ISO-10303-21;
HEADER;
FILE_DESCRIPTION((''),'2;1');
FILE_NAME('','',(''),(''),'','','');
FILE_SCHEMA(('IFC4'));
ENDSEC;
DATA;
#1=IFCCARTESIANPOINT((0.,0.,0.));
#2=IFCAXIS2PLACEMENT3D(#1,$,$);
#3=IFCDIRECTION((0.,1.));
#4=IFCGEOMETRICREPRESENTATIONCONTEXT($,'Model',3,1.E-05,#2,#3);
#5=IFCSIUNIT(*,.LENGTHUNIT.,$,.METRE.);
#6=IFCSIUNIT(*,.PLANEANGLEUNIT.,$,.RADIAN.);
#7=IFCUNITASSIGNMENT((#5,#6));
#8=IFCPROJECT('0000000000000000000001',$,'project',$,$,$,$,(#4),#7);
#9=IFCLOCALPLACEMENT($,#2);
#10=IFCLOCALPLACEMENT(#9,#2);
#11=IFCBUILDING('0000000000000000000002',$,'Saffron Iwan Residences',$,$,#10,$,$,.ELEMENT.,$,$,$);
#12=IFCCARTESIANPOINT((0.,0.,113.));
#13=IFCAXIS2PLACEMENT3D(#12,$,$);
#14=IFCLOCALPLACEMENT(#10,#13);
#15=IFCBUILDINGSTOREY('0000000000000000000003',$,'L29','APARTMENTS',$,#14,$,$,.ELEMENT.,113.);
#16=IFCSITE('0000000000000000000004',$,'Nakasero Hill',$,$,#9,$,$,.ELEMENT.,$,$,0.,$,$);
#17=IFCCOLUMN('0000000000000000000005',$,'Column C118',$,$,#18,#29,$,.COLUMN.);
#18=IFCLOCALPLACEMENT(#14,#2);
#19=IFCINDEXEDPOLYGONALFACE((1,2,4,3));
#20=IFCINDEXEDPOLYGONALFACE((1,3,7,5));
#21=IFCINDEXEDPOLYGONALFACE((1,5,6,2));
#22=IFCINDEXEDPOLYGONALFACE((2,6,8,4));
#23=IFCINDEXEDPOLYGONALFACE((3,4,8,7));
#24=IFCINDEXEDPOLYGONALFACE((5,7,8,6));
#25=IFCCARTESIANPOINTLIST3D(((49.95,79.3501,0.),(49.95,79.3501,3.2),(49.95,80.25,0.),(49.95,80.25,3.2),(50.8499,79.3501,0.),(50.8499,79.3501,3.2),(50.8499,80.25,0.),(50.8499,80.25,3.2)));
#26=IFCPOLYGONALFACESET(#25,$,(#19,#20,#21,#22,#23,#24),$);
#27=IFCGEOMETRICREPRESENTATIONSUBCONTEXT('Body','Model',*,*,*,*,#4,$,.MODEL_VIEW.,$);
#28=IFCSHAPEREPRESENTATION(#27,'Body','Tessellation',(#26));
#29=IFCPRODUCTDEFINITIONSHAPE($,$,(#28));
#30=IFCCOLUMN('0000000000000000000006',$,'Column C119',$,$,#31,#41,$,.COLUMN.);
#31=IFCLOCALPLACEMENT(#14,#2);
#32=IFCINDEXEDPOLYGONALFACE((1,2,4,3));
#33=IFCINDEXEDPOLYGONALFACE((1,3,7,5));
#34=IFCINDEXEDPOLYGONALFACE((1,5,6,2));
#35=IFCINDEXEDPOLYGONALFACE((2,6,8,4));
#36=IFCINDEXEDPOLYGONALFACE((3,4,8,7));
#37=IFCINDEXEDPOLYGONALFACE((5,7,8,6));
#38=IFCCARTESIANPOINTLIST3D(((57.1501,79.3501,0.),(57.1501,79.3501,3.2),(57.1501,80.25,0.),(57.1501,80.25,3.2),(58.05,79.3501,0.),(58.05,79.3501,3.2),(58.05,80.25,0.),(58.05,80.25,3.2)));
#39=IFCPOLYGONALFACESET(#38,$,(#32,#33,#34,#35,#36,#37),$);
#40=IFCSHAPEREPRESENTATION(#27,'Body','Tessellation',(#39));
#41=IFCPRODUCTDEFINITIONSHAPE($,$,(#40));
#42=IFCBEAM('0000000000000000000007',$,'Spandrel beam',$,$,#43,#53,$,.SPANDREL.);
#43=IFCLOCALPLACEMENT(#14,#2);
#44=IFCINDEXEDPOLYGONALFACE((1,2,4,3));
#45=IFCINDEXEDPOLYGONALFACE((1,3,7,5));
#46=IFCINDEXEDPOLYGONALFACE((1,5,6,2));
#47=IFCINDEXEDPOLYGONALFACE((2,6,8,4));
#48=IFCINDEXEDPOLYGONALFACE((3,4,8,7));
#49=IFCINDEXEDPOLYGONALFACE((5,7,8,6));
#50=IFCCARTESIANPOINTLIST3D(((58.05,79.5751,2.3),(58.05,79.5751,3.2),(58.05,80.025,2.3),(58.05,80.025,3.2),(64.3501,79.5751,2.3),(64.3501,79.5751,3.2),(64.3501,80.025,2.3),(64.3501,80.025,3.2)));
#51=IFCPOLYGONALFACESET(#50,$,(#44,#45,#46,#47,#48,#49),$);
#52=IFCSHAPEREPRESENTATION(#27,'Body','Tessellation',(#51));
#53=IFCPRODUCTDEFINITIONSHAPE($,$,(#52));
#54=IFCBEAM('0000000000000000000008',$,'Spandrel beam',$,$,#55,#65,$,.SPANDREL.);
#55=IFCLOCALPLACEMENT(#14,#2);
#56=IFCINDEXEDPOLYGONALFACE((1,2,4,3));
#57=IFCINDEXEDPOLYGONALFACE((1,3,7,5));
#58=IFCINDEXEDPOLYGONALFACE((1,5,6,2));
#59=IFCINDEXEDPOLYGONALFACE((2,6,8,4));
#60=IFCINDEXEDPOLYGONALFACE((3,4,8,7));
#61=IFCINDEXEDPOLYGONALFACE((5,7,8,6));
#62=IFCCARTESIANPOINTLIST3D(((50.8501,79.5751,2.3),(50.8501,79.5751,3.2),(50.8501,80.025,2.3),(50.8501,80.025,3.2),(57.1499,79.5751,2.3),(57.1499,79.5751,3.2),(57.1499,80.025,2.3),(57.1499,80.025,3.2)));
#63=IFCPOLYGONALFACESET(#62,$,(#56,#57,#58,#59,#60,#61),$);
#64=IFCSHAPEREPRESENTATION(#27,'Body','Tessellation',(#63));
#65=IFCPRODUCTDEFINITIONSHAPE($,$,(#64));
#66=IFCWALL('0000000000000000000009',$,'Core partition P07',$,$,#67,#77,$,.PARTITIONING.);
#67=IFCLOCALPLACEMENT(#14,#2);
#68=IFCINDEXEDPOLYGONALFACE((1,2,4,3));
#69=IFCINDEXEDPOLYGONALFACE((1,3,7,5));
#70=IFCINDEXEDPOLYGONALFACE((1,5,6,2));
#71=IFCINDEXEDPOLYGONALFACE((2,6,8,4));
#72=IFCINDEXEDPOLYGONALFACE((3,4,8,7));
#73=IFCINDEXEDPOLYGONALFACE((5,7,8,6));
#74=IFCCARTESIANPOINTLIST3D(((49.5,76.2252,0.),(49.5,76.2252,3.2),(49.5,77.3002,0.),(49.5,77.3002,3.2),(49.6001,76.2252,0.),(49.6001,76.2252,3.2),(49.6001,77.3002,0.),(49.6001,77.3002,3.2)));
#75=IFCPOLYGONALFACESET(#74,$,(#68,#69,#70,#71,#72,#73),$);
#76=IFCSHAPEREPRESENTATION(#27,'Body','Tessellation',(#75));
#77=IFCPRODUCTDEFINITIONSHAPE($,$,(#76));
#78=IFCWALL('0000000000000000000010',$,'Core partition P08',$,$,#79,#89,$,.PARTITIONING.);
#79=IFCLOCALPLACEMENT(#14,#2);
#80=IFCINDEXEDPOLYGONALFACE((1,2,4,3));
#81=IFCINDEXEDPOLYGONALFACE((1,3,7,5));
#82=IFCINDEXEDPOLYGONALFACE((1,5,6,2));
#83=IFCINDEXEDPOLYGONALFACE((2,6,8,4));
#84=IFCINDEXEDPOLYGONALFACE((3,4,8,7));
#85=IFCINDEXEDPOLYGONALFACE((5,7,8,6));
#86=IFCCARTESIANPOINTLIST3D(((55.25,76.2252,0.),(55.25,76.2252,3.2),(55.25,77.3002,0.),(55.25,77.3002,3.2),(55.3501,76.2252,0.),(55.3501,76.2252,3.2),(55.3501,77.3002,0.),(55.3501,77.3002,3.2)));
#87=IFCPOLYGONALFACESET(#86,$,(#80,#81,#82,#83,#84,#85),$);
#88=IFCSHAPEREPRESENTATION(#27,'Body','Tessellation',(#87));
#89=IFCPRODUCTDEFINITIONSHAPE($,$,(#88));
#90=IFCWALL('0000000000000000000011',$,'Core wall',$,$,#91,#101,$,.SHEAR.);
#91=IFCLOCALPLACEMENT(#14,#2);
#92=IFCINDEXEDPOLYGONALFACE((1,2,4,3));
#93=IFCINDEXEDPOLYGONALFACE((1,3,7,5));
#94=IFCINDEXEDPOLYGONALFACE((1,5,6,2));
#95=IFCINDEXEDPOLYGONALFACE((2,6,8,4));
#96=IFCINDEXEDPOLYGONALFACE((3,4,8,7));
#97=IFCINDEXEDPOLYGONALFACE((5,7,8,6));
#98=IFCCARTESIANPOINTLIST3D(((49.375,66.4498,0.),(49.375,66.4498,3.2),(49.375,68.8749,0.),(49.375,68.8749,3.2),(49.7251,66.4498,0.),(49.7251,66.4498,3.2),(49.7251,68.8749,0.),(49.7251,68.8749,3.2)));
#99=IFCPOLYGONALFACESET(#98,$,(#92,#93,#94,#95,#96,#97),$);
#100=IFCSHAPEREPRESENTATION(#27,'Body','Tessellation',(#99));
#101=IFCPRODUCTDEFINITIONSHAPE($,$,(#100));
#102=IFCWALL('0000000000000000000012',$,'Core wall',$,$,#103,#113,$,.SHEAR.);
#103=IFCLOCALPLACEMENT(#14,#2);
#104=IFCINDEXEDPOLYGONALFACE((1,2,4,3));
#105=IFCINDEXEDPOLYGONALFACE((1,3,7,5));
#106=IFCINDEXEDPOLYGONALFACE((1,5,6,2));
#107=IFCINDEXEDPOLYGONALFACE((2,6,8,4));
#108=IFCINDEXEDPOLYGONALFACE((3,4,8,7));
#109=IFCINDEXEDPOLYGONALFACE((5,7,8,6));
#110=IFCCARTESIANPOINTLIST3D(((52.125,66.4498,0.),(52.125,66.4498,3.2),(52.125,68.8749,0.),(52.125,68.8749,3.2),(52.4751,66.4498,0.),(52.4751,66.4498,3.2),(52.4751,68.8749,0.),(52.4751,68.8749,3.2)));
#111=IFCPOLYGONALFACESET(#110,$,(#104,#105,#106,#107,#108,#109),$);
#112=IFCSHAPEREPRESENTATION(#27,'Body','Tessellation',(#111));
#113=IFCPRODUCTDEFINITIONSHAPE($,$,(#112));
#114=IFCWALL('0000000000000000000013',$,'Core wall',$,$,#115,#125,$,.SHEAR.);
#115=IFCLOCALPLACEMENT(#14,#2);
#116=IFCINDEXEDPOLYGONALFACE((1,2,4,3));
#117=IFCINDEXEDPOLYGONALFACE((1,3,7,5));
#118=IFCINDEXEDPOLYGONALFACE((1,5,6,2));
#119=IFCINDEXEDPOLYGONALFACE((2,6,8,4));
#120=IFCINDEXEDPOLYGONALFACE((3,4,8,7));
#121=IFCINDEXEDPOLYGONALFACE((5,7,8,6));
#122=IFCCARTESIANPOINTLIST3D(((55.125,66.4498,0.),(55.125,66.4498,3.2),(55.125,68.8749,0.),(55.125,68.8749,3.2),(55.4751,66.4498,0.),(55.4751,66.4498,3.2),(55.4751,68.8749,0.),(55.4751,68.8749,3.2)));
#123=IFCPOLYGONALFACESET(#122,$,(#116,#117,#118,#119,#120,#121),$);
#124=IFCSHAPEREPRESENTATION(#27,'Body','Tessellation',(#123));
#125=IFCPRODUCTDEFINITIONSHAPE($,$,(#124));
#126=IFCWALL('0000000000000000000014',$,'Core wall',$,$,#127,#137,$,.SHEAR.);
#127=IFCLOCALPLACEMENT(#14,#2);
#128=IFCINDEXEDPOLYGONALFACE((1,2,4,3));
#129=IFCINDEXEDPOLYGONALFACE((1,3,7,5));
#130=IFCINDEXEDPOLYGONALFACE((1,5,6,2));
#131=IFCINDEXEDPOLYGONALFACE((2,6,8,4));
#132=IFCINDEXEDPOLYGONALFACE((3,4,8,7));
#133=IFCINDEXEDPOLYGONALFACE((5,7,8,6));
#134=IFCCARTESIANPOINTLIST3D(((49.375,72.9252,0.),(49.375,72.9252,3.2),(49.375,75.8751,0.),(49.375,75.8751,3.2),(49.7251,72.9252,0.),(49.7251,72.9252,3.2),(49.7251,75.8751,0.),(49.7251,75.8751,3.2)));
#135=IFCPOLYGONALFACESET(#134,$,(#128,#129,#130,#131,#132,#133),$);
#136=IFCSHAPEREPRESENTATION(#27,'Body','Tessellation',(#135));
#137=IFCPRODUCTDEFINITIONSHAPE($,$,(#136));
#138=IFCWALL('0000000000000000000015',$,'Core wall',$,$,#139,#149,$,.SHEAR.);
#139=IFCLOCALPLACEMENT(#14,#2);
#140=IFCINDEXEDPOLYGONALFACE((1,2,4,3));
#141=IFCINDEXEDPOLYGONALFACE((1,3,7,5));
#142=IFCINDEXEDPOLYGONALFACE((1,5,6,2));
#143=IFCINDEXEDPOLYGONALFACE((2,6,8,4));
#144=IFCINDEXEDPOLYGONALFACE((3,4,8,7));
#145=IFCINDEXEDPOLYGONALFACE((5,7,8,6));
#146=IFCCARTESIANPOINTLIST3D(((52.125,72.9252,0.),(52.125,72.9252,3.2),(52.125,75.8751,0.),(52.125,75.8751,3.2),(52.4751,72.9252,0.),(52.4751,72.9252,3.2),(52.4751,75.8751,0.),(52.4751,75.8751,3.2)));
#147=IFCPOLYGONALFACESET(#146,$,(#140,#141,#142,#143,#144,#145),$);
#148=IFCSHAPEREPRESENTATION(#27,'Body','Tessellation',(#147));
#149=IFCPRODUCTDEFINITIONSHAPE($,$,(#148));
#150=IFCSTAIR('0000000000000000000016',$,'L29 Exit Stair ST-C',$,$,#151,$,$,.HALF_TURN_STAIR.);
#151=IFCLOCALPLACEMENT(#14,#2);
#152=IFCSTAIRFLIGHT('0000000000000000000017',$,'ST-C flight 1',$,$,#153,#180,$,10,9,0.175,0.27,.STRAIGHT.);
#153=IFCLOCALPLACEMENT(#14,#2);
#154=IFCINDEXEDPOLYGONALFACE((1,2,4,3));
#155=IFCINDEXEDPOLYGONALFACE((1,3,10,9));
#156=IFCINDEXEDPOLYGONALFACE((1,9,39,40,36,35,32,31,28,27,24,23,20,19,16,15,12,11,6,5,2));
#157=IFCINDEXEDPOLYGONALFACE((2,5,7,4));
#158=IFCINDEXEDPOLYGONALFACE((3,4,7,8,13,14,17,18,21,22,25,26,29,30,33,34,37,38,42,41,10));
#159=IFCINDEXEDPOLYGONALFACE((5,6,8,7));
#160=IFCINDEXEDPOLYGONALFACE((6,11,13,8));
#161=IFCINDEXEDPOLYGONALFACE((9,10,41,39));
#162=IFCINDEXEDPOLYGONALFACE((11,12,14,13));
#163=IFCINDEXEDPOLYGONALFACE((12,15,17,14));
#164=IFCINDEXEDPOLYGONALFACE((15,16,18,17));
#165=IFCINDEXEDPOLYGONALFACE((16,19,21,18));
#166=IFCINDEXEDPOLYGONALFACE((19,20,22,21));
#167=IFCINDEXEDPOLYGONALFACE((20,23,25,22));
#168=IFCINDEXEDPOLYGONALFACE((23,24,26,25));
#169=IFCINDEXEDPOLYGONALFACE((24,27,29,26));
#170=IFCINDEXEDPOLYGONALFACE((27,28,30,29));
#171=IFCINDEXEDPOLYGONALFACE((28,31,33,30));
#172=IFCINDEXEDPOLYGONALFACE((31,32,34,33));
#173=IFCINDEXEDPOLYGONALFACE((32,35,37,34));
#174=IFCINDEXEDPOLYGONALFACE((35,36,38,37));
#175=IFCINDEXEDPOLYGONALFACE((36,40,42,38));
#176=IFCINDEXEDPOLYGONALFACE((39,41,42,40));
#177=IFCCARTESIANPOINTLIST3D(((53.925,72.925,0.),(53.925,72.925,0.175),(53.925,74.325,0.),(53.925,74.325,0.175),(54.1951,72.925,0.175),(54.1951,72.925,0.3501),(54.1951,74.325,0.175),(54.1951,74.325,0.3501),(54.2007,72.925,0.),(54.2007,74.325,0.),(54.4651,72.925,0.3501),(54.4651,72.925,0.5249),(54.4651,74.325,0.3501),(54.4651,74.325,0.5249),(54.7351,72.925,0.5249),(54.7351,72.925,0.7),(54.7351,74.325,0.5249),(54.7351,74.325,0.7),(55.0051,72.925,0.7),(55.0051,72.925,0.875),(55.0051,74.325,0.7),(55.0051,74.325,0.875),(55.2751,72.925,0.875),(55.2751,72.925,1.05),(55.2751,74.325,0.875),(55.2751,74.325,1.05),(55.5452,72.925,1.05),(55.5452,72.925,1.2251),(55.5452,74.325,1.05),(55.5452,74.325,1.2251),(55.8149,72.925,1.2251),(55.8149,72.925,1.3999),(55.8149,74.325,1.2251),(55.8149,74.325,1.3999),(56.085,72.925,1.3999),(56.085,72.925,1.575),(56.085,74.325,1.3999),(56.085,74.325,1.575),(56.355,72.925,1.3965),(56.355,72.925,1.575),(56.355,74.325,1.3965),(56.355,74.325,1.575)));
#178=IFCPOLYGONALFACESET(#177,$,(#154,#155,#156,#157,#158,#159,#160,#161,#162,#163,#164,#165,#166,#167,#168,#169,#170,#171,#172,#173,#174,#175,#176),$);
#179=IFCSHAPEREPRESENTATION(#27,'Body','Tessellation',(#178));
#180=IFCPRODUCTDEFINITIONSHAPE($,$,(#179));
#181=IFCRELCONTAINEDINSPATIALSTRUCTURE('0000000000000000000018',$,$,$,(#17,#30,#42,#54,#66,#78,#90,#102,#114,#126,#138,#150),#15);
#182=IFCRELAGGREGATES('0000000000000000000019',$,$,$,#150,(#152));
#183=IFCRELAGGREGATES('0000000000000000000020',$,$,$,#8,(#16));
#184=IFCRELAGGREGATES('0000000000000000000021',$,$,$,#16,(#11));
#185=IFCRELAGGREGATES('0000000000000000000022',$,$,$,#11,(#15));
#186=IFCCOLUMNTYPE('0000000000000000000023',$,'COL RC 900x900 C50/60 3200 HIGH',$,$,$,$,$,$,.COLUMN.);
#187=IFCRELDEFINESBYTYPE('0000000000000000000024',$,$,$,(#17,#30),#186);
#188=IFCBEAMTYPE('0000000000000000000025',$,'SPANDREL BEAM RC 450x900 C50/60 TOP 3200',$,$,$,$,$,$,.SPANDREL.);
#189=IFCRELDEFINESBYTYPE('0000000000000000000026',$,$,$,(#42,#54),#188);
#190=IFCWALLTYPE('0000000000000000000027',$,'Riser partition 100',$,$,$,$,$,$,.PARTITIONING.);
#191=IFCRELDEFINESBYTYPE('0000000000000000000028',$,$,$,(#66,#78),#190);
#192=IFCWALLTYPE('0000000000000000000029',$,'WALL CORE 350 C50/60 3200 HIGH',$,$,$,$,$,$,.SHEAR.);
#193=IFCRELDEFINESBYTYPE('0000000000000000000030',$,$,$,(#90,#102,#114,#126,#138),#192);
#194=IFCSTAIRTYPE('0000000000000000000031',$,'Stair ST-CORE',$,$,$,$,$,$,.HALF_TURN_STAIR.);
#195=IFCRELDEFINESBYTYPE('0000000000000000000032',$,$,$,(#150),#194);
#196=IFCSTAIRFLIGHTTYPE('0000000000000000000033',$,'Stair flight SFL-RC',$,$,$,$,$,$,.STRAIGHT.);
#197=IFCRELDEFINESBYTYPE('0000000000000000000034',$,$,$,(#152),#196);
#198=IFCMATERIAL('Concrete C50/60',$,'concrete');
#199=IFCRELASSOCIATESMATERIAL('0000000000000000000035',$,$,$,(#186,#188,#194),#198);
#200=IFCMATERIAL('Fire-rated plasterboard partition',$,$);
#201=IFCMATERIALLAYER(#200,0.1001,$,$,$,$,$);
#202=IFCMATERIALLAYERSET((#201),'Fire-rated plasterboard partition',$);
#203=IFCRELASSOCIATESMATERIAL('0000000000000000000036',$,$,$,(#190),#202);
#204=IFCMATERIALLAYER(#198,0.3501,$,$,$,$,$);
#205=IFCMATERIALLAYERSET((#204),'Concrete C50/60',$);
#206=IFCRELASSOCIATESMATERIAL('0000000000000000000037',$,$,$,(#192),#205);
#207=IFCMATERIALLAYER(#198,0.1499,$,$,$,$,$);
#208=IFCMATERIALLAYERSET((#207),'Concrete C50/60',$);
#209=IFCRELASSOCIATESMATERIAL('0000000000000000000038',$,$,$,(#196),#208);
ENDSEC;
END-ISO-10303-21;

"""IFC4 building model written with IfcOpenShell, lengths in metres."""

from ifc_helpers import new_model, si_unit, direction, frame, frame_2d, origin, origin_2d, place, context, subcontext, project, spatial, polyline, rectangle, outline, extrude, source, transform, mapped, material, layer, layer_set, material_profile, profile_set, type_object, element, aggregate, save


model = new_model("IFC4")

# Units and contexts
model_context = context("Model", 3, precision=1e-05, world=origin(), true_north=direction((0.0, 1.0)))
body_context = subcontext(model_context, "Body", "Model", "MODEL_VIEW")
ifc_project = project(units=[si_unit("LENGTHUNIT", "METRE"), si_unit("PLANEANGLEUNIT", "RADIAN")], contexts=[model_context])

# Site, building, storey
site_placement = place(None, origin())
site = spatial("IfcSite", under=ifc_project, at=site_placement, Name="Nakasero Hill", CompositionType="ELEMENT", RefElevation=0.0)
building_placement = place(site_placement, origin())
building = spatial("IfcBuilding", under=site, at=building_placement, Name="Saffron Iwan Residences", CompositionType="ELEMENT")
storey_placement = place(building_placement, frame((0.0, 0.0, 113.0)))
storey = spatial("IfcBuildingStorey", under=building, at=storey_placement, Name="L29", Description="APARTMENTS", CompositionType="ELEMENT", Elevation=113.0)

# Columns
ifc_material_1 = material(Name="Concrete C50/60", Category="concrete")
ifc_material_profile_1 = material_profile(ifc_material_1, rectangle(XDim=0.8999, YDim=0.8999, at=origin_2d()), Name="RC 900x900")
ifc_profile_set_1 = profile_set([ifc_material_profile_1], Name="Concrete C50/60")
column_type = type_object("IfcColumnType", Name="COL RC 900x900 C50/60 3200 HIGH", PredefinedType="COLUMN", material=ifc_profile_set_1)
shared_shape_1 = source(origin(), body_context, "Body", "SweptSolid", [
    extrude(rectangle(XDim=0.8999, YDim=0.8999, at=origin_2d()), origin(), (0.0, 0.0, 1.0), 3.2),
])
for number, where, z_axis, x_axis, name in (
    (1, (50.3999, 79.8, 0.0), (0.0, 0.0, 1.0), (1.0, 0.0, 0.0), "Column C118"),
    (2, (57.6001, 79.8, 0.0), (0.0, 0.0, 1.0), (1.0, 0.0, 0.0), "Column C119"),
):
    element("IfcColumn", number, at=place(storey_placement, frame(where, z_axis=z_axis, x_axis=x_axis)), inside=storey, type_object=column_type, Name=name, PredefinedType="COLUMN", context=body_context, shape_type="MappedRepresentation", body=[
        mapped(shared_shape_1, transform((0.0, 0.0, 0.0))),
    ])

# Beams
ifc_material_profile_2 = material_profile(ifc_material_1, rectangle(XDim=0.45, YDim=0.8999, at=origin_2d()), Name="RC 450x900")
ifc_profile_set_2 = profile_set([ifc_material_profile_2], Name="Concrete C50/60")
beam_type = type_object("IfcBeamType", Name="SPANDREL BEAM RC 450x900 C50/60 TOP 3200", PredefinedType="SPANDREL", material=ifc_profile_set_2)
shared_shape_2 = source(origin(), body_context, "Body", "SweptSolid", [
    extrude(rectangle(XDim=0.45, YDim=0.8999, at=origin_2d()), origin(), (0.0, 0.0, 1.0), 6.3),
])
beam_1_placement = place(storey_placement, frame((58.05, 79.8, 2.75), z_axis=(1.0, 0.0, 0.0), x_axis=(0.0, 1.0, 0.0)))
element("IfcBeam", 3, at=beam_1_placement, inside=storey, type_object=beam_type, Name="Spandrel beam", PredefinedType="SPANDREL", context=body_context, shape_type="MappedRepresentation", body=[
    mapped(shared_shape_2, transform((0.0, 0.0, 0.0))),
])
shared_shape_3 = source(origin(), body_context, "Body", "SweptSolid", [
    extrude(rectangle(XDim=0.45, YDim=0.8999, at=origin_2d()), origin(), (0.0, 0.0, 1.0), 6.2998),
])
beam_2_placement = place(storey_placement, frame((50.8501, 79.8, 2.75), z_axis=(1.0, 0.0, 0.0), x_axis=(0.0, 1.0, 0.0)))
element("IfcBeam", 4, at=beam_2_placement, inside=storey, type_object=beam_type, Name="Spandrel beam", PredefinedType="SPANDREL", context=body_context, shape_type="MappedRepresentation", body=[
    mapped(shared_shape_3, transform((0.0, 0.0, 0.0))),
])

# Walls
ifc_material_2 = material(Name="Fire-rated plasterboard partition")
ifc_layer_1 = layer(ifc_material_2, 0.1001)
ifc_layer_set_1 = layer_set([ifc_layer_1], Name="Fire-rated plasterboard partition")
wall_type_1 = type_object("IfcWallType", Name="Riser partition 100", PredefinedType="PARTITIONING", material=ifc_layer_set_1)
for number, where, z_axis, x_axis, name in (
    (5, (49.55, 76.2251, 0.0), (0.0, 0.0, 1.0), (0.0, 1.0, 0.0), "Core partition P07"),
    (6, (55.3, 76.2251, 0.0), (0.0, 0.0, 1.0), (0.0, 1.0, 0.0), "Core partition P08"),
):
    element("IfcWall", number, at=place(storey_placement, frame(where, z_axis=z_axis, x_axis=x_axis)), inside=storey, type_object=wall_type_1, Name=name, PredefinedType="PARTITIONING", context=body_context, shape_type="SweptSolid", body=[
        extrude(rectangle(XDim=1.075, YDim=0.1001, at=frame_2d((0.5376, 0.0))), origin(), (0.0, 0.0, 1.0), 3.2),
    ])
ifc_layer_2 = layer(ifc_material_1, 0.3501)
ifc_layer_set_2 = layer_set([ifc_layer_2], Name="Concrete C50/60")
wall_type_2 = type_object("IfcWallType", Name="WALL CORE 350 C50/60 3200 HIGH", PredefinedType="SHEAR", material=ifc_layer_set_2)
for number, where, z_axis, x_axis, name in (
    (7, (49.55, 66.45, 0.0), (0.0, 0.0, 1.0), (0.0, 1.0, 0.0), "Core wall"),
    (8, (52.3, 66.45, 0.0), (0.0, 0.0, 1.0), (0.0, 1.0, 0.0), "Core wall"),
    (9, (55.3, 66.45, 0.0), (0.0, 0.0, 1.0), (0.0, 1.0, 0.0), "Core wall"),
):
    element("IfcWall", number, at=place(storey_placement, frame(where, z_axis=z_axis, x_axis=x_axis)), inside=storey, type_object=wall_type_2, Name=name, PredefinedType="SHEAR", context=body_context, shape_type="SweptSolid", body=[
        extrude(rectangle(XDim=2.425, YDim=0.3501, at=frame_2d((1.2124, 0.0))), origin(), (0.0, 0.0, 1.0), 3.2),
    ])
for number, where, z_axis, x_axis, name in (
    (10, (49.55, 72.925, 0.0), (0.0, 0.0, 1.0), (0.0, 1.0, 0.0), "Core wall"),
    (11, (52.3, 72.925, 0.0), (0.0, 0.0, 1.0), (0.0, 1.0, 0.0), "Core wall"),
):
    element("IfcWall", number, at=place(storey_placement, frame(where, z_axis=z_axis, x_axis=x_axis)), inside=storey, type_object=wall_type_2, Name=name, PredefinedType="SHEAR", context=body_context, shape_type="SweptSolid", body=[
        extrude(rectangle(XDim=2.95, YDim=0.3501, at=frame_2d((1.4751, 0.0))), origin(), (0.0, 0.0, 1.0), 3.2),
    ])

# Stair, stair flight
stair_type = type_object("IfcStairType", Name="Stair ST-CORE", PredefinedType="HALF_TURN_STAIR", material=ifc_material_1)
stair_placement = place(storey_placement, origin())
stair = element("IfcStair", 12, at=stair_placement, inside=storey, type_object=stair_type, Name="L29 Exit Stair ST-C", PredefinedType="HALF_TURN_STAIR")
ifc_layer_3 = layer(ifc_material_1, 0.1499)
ifc_layer_set_3 = layer_set([ifc_layer_3], Name="Concrete C50/60")
stair_flight_type = type_object("IfcStairFlightType", Name="Stair flight SFL-RC", PredefinedType="STRAIGHT", material=ifc_layer_set_3)
stair_flight_1_placement = place(storey_placement, frame((53.925, 73.625, 0.0), z_axis=(0.0, 0.0, 1.0), x_axis=(1.0, 0.0, 0.0)))
stair_flight_1 = element("IfcStairFlight", 13, at=stair_flight_1_placement, type_object=stair_flight_type, Name="ST-C flight 1", NumberOfRisers=10, NumberOfTreads=9, PredefinedType="STRAIGHT", RiserHeight=0.175, TreadLength=0.27, context=body_context, shape_type="SweptSolid", body=[
    extrude(outline(polyline([(0.0, 0.0), (0.0, 0.175), (0.27, 0.175), (0.27, 0.3501), (0.54, 0.3501), (0.54, 0.5249), (0.8101, 0.5249), (0.8101, 0.7), (1.0801, 0.7), (1.0801, 0.875), (1.3501, 0.875), (1.3501, 1.05), (1.6201, 1.05), (1.6201, 1.2251), (1.8899, 1.2251), (1.8899, 1.3999), (2.1599, 1.3999), (2.1599, 1.575), (2.4299, 1.575), (2.4299, 1.75), (2.4299, 1.3965), (0.2756, 0.0), (0.0, 0.0)])), frame((0.0, 0.7, 0.0), z_axis=(0.0, -1.0, 0.0), x_axis=(1.0, 0.0, 0.0)), (0.0, 0.0, 1.0), 1.3999),
])
aggregate(stair, [stair_flight_1])

save(model, "model.ifc")
